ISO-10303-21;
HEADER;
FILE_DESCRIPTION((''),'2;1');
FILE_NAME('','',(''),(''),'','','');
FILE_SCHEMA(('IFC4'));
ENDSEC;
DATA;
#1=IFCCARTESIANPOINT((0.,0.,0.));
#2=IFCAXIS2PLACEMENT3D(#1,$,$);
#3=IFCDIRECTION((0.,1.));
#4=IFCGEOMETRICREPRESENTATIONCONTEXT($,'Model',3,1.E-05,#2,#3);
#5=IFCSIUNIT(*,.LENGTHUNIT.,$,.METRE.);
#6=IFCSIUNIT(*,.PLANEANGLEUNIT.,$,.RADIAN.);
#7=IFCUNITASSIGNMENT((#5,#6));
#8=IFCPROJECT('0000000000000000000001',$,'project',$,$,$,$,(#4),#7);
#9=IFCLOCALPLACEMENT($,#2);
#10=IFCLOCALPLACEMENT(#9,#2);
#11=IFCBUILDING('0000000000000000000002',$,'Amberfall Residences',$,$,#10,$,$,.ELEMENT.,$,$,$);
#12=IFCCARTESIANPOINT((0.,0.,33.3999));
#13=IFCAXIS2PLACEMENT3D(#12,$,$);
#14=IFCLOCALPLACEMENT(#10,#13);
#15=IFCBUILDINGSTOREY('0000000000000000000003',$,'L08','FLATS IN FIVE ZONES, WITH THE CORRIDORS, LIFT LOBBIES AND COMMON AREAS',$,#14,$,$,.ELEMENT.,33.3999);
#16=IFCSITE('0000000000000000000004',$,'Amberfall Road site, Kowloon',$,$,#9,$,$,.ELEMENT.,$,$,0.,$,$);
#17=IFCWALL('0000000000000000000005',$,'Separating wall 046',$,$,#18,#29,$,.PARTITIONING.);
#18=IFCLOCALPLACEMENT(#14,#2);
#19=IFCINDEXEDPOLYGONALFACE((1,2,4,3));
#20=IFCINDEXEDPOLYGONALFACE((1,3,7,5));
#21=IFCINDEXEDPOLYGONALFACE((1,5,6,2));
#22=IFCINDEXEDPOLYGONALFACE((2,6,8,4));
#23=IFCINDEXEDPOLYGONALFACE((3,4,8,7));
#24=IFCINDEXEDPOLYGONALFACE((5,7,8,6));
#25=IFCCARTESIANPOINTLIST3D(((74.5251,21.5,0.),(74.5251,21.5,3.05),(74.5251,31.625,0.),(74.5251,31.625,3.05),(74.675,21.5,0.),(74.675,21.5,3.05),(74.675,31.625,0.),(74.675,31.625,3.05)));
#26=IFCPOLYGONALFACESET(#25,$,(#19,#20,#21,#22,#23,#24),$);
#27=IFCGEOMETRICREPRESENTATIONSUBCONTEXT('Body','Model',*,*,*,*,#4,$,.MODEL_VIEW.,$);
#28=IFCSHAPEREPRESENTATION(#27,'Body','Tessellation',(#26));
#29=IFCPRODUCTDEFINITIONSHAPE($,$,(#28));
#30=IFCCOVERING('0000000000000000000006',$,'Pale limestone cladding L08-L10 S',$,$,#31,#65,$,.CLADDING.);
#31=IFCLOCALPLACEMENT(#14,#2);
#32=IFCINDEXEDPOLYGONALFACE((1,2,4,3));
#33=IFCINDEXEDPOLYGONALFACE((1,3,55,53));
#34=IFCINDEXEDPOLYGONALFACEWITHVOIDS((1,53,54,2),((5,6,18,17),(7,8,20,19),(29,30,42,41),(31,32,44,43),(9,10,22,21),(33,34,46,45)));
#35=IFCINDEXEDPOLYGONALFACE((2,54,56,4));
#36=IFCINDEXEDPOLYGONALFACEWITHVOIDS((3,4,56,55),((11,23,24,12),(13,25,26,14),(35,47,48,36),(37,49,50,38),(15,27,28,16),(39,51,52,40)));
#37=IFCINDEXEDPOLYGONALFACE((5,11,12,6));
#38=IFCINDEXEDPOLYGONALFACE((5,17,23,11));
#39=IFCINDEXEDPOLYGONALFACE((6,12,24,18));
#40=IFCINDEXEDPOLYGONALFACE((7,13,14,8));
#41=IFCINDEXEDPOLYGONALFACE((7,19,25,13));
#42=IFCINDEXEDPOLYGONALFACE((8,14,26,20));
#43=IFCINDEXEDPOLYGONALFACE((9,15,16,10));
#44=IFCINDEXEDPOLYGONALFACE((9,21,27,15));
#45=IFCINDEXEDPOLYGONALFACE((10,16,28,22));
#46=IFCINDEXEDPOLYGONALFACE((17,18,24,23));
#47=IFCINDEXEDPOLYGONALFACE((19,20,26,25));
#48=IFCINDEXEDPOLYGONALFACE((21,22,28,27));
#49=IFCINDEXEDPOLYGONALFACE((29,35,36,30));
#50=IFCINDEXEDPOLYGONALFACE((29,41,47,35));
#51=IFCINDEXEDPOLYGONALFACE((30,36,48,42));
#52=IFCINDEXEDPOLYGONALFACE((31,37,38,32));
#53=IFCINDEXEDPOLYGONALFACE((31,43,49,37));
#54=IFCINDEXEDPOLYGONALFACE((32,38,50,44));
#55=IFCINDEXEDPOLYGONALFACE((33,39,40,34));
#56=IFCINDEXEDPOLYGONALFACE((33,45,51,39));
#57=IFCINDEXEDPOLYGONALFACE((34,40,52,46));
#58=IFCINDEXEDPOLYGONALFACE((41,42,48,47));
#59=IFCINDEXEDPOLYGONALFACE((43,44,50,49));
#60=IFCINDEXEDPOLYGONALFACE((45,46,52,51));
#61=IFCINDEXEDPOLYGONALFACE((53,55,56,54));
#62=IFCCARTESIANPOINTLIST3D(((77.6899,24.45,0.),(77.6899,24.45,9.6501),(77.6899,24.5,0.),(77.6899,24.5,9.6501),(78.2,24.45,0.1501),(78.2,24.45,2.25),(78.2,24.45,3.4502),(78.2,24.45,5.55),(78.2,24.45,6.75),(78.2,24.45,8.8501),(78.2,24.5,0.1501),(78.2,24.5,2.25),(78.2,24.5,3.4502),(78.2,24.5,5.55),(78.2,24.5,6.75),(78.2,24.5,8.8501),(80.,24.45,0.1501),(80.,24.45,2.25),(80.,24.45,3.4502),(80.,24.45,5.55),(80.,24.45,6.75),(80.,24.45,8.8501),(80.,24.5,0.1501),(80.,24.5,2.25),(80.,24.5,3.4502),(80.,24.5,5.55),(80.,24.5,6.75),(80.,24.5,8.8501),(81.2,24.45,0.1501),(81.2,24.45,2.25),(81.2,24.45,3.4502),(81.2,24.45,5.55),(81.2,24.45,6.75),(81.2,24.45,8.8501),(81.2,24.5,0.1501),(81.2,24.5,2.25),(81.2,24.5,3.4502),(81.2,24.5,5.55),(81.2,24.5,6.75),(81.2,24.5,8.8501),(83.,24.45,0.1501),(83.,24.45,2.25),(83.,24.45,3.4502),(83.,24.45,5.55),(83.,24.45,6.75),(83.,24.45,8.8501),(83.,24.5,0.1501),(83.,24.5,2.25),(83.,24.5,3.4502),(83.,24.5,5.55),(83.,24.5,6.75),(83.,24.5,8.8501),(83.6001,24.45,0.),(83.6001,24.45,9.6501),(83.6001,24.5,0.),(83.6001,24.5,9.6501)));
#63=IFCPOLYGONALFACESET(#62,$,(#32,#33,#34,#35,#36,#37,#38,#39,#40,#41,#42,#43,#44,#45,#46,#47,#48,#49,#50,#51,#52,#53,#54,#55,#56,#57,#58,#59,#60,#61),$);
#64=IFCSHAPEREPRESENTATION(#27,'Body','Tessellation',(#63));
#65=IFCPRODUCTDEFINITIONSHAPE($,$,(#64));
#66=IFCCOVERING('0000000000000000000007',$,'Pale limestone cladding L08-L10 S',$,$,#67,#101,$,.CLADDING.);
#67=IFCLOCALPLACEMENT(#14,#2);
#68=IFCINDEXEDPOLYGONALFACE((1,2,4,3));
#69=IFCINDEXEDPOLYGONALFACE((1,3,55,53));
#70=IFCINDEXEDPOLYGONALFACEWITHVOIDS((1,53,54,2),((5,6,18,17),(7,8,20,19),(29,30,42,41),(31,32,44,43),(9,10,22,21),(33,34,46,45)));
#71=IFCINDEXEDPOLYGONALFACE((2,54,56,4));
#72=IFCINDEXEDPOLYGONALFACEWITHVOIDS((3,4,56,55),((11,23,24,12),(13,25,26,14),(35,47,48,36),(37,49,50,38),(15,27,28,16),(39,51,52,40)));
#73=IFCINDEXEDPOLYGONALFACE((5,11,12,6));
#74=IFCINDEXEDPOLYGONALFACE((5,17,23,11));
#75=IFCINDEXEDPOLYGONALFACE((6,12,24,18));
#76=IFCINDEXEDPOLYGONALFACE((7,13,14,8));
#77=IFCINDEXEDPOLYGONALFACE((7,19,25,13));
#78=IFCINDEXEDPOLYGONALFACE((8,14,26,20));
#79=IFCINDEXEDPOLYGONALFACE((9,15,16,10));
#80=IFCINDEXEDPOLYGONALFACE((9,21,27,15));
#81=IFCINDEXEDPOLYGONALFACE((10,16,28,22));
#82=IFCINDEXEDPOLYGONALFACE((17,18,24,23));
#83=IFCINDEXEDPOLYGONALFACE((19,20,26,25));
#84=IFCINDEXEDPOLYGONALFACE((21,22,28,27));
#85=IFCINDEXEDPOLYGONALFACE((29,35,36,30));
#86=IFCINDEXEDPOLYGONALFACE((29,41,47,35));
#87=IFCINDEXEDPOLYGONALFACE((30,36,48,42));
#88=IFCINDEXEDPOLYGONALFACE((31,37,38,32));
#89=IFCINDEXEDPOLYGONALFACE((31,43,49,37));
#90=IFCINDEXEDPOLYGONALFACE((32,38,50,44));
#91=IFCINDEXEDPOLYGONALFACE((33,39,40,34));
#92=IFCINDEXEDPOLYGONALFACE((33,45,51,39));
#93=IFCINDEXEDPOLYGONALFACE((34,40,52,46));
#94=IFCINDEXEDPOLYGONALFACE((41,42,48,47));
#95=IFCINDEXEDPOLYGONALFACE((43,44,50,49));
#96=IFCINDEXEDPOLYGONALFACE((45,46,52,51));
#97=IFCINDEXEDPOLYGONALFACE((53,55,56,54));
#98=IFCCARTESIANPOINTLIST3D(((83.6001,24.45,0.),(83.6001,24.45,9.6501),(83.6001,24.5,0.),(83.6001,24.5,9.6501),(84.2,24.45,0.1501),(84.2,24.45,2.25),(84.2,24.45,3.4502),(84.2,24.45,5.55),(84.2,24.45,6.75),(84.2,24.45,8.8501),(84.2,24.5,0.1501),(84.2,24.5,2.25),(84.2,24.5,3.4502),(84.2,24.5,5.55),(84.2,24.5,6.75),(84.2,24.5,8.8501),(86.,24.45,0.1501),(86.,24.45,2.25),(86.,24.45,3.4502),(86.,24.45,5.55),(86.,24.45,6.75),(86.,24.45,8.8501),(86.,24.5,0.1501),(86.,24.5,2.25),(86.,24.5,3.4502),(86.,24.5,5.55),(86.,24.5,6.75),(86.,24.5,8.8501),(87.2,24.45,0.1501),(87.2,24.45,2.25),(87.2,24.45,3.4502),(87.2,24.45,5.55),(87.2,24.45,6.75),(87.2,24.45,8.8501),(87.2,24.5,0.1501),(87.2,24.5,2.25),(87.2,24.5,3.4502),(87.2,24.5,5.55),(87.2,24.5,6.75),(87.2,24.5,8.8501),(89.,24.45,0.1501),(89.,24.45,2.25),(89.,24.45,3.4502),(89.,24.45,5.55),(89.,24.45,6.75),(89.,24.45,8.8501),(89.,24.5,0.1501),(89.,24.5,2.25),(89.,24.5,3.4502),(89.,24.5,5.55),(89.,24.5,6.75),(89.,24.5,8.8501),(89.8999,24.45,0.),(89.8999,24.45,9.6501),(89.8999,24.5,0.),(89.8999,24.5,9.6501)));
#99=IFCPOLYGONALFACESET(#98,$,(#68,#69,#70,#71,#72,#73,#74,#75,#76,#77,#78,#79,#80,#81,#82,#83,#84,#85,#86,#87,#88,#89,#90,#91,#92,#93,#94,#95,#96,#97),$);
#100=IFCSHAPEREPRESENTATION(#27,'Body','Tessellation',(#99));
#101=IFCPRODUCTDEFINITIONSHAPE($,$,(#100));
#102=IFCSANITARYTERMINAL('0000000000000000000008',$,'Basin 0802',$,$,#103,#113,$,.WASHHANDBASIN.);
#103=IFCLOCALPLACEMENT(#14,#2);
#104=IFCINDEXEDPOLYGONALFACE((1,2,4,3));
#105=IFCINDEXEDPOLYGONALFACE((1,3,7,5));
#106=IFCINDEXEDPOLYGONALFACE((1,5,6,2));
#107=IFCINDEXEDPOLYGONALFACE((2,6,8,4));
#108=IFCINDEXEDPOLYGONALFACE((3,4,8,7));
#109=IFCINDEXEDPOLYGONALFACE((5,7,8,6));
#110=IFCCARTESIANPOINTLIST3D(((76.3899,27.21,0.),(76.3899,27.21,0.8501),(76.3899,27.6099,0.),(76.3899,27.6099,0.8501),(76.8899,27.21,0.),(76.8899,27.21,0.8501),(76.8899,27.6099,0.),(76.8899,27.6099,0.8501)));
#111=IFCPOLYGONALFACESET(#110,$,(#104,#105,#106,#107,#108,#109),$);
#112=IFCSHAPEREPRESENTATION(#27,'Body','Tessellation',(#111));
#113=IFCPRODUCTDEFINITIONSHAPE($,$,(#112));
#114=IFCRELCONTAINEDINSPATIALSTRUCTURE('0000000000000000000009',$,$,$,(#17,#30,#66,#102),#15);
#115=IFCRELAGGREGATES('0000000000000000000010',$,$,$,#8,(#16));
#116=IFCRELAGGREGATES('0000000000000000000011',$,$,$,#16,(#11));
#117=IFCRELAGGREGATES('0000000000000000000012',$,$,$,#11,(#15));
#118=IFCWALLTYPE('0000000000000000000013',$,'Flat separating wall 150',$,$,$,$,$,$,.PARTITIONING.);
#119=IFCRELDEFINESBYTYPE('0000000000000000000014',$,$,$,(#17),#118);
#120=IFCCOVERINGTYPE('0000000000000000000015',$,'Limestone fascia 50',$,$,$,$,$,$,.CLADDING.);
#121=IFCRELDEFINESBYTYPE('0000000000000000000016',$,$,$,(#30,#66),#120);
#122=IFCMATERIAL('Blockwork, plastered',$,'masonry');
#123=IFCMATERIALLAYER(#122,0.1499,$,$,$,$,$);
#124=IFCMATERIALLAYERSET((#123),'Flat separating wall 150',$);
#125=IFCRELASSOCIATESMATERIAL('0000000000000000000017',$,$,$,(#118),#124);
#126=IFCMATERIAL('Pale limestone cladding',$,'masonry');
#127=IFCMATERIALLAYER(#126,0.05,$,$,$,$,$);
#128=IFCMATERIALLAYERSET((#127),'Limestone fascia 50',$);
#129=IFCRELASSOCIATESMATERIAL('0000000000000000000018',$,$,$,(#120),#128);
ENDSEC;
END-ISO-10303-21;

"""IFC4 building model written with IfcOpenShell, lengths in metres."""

from ifc_helpers import new_model, si_unit, direction, frame, frame_2d, origin, origin_2d, place, context, subcontext, project, spatial, polyline, rectangle, outline, extrude, material, layer, layer_set, type_object, element, save


model = new_model("IFC4")

# Units and contexts
model_context = context("Model", 3, precision=1e-05, world=origin(), true_north=direction((0.0, 1.0)))
body_context = subcontext(model_context, "Body", "Model", "MODEL_VIEW")
ifc_project = project(units=[si_unit("LENGTHUNIT", "METRE"), si_unit("PLANEANGLEUNIT", "RADIAN")], contexts=[model_context])

# Site, building, storey
site_placement = place(None, origin())
site = spatial("IfcSite", under=ifc_project, at=site_placement, Name="Amberfall Road site, Kowloon", CompositionType="ELEMENT", RefElevation=0.0)
building_placement = place(site_placement, origin())
building = spatial("IfcBuilding", under=site, at=building_placement, Name="Amberfall Residences", CompositionType="ELEMENT")
storey_placement = place(building_placement, frame((0.0, 0.0, 33.3999)))
storey = spatial("IfcBuildingStorey", under=building, at=storey_placement, Name="L08", Description="FLATS IN FIVE ZONES, WITH THE CORRIDORS, LIFT LOBBIES AND COMMON AREAS", CompositionType="ELEMENT", Elevation=33.3999)

# Wall
ifc_material_1 = material(Name="Blockwork, plastered", Category="masonry")
ifc_layer_1 = layer(ifc_material_1, 0.1499)
ifc_layer_set_1 = layer_set([ifc_layer_1], Name="Flat separating wall 150")
wall_type_1 = type_object("IfcWallType", Name="Flat separating wall 150", PredefinedType="PARTITIONING", material=ifc_layer_set_1)
wall_1_placement = place(storey_placement, frame((74.6001, 21.5, 0.0), z_axis=(0.0, 0.0, 1.0), x_axis=(0.0, 1.0, 0.0)))
element("IfcWall", 1, at=wall_1_placement, inside=storey, type_object=wall_type_1, Name="Separating wall 046", PredefinedType="PARTITIONING", context=body_context, shape_type="SweptSolid", body=[
    extrude(rectangle(XDim=10.125, YDim=0.1499, at=frame_2d((5.0625, 0.0))), origin(), (0.0, 0.0, 1.0), 3.05),
])

# Coverings
ifc_material_2 = material(Name="Pale limestone cladding", Category="masonry")
ifc_layer_2 = layer(ifc_material_2, 0.05)
ifc_layer_set_2 = layer_set([ifc_layer_2], Name="Limestone fascia 50")
covering_type = type_object("IfcCoveringType", Name="Limestone fascia 50", PredefinedType="CLADDING", material=ifc_layer_set_2)
covering_1_placement = place(storey_placement, frame((77.6899, 24.5, 9.6501), z_axis=(0.0, 1.0, 0.0), x_axis=(1.0, 0.0, 0.0)))
element("IfcCovering", 2, at=covering_1_placement, inside=storey, type_object=covering_type, Name="Pale limestone cladding L08-L10 S", PredefinedType="CLADDING", context=body_context, shape_type="SweptSolid", body=[
    extrude(outline(polyline([(0.0, 0.0), (5.9102, 0.0), (5.9102, 9.6501), (0.0, 9.6501), (0.0, 0.0)]), holes=[polyline([(0.51, 7.4001), (2.3101, 7.4001), (2.3101, 9.5), (0.51, 9.5), (0.51, 7.4001)]), polyline([(3.51, 7.4001), (5.3101, 7.4001), (5.3101, 9.5), (3.51, 9.5), (3.51, 7.4001)]), polyline([(0.51, 4.1001), (2.3101, 4.1001), (2.3101, 6.2), (0.51, 6.2), (0.51, 4.1001)]), polyline([(3.51, 4.1001), (5.3101, 4.1001), (5.3101, 6.2), (3.51, 6.2), (3.51, 4.1001)]), polyline([(0.51, 0.8), (2.3101, 0.8), (2.3101, 2.9001), (0.51, 2.9001), (0.51, 0.8)]), polyline([(3.51, 0.8), (5.3101, 0.8), (5.3101, 2.9001), (3.51, 2.9001), (3.51, 0.8)])]), origin(), (0.0, 0.0, -1.0), 0.05),
])
covering_2_placement = place(storey_placement, frame((83.6001, 24.5, 9.6501), z_axis=(0.0, 1.0, 0.0), x_axis=(1.0, 0.0, 0.0)))
element("IfcCovering", 3, at=covering_2_placement, inside=storey, type_object=covering_type, Name="Pale limestone cladding L08-L10 S", PredefinedType="CLADDING", context=body_context, shape_type="SweptSolid", body=[
    extrude(outline(polyline([(0.0, 0.0), (6.2998, 0.0), (6.2998, 9.6501), (0.0, 9.6501), (0.0, 0.0)]), holes=[polyline([(0.5999, 7.4001), (2.3999, 7.4001), (2.3999, 9.5), (0.5999, 9.5), (0.5999, 7.4001)]), polyline([(3.5999, 7.4001), (5.3999, 7.4001), (5.3999, 9.5), (3.5999, 9.5), (3.5999, 7.4001)]), polyline([(0.5999, 4.1001), (2.3999, 4.1001), (2.3999, 6.2), (0.5999, 6.2), (0.5999, 4.1001)]), polyline([(3.5999, 4.1001), (5.3999, 4.1001), (5.3999, 6.2), (3.5999, 6.2), (3.5999, 4.1001)]), polyline([(0.5999, 0.8), (2.3999, 0.8), (2.3999, 2.9001), (0.5999, 2.9001), (0.5999, 0.8)]), polyline([(3.5999, 0.8), (5.3999, 0.8), (5.3999, 2.9001), (3.5999, 2.9001), (3.5999, 0.8)])]), origin(), (0.0, 0.0, -1.0), 0.05),
])

# Sanitary terminal
sanitary_terminal_placement = place(storey_placement, frame((76.6399, 27.4099, 0.0), z_axis=(0.0, 0.0, 1.0), x_axis=(1.0, 0.0, 0.0)))
element("IfcSanitaryTerminal", 4, at=sanitary_terminal_placement, inside=storey, Name="Basin 0802", PredefinedType="WASHHANDBASIN", context=body_context, shape_type="SweptSolid", body=[
    extrude(rectangle(XDim=0.5, YDim=0.3999, at=origin_2d()), origin(), (0.0, 0.0, 1.0), 0.8501),
])

save(model, "model.ifc")
